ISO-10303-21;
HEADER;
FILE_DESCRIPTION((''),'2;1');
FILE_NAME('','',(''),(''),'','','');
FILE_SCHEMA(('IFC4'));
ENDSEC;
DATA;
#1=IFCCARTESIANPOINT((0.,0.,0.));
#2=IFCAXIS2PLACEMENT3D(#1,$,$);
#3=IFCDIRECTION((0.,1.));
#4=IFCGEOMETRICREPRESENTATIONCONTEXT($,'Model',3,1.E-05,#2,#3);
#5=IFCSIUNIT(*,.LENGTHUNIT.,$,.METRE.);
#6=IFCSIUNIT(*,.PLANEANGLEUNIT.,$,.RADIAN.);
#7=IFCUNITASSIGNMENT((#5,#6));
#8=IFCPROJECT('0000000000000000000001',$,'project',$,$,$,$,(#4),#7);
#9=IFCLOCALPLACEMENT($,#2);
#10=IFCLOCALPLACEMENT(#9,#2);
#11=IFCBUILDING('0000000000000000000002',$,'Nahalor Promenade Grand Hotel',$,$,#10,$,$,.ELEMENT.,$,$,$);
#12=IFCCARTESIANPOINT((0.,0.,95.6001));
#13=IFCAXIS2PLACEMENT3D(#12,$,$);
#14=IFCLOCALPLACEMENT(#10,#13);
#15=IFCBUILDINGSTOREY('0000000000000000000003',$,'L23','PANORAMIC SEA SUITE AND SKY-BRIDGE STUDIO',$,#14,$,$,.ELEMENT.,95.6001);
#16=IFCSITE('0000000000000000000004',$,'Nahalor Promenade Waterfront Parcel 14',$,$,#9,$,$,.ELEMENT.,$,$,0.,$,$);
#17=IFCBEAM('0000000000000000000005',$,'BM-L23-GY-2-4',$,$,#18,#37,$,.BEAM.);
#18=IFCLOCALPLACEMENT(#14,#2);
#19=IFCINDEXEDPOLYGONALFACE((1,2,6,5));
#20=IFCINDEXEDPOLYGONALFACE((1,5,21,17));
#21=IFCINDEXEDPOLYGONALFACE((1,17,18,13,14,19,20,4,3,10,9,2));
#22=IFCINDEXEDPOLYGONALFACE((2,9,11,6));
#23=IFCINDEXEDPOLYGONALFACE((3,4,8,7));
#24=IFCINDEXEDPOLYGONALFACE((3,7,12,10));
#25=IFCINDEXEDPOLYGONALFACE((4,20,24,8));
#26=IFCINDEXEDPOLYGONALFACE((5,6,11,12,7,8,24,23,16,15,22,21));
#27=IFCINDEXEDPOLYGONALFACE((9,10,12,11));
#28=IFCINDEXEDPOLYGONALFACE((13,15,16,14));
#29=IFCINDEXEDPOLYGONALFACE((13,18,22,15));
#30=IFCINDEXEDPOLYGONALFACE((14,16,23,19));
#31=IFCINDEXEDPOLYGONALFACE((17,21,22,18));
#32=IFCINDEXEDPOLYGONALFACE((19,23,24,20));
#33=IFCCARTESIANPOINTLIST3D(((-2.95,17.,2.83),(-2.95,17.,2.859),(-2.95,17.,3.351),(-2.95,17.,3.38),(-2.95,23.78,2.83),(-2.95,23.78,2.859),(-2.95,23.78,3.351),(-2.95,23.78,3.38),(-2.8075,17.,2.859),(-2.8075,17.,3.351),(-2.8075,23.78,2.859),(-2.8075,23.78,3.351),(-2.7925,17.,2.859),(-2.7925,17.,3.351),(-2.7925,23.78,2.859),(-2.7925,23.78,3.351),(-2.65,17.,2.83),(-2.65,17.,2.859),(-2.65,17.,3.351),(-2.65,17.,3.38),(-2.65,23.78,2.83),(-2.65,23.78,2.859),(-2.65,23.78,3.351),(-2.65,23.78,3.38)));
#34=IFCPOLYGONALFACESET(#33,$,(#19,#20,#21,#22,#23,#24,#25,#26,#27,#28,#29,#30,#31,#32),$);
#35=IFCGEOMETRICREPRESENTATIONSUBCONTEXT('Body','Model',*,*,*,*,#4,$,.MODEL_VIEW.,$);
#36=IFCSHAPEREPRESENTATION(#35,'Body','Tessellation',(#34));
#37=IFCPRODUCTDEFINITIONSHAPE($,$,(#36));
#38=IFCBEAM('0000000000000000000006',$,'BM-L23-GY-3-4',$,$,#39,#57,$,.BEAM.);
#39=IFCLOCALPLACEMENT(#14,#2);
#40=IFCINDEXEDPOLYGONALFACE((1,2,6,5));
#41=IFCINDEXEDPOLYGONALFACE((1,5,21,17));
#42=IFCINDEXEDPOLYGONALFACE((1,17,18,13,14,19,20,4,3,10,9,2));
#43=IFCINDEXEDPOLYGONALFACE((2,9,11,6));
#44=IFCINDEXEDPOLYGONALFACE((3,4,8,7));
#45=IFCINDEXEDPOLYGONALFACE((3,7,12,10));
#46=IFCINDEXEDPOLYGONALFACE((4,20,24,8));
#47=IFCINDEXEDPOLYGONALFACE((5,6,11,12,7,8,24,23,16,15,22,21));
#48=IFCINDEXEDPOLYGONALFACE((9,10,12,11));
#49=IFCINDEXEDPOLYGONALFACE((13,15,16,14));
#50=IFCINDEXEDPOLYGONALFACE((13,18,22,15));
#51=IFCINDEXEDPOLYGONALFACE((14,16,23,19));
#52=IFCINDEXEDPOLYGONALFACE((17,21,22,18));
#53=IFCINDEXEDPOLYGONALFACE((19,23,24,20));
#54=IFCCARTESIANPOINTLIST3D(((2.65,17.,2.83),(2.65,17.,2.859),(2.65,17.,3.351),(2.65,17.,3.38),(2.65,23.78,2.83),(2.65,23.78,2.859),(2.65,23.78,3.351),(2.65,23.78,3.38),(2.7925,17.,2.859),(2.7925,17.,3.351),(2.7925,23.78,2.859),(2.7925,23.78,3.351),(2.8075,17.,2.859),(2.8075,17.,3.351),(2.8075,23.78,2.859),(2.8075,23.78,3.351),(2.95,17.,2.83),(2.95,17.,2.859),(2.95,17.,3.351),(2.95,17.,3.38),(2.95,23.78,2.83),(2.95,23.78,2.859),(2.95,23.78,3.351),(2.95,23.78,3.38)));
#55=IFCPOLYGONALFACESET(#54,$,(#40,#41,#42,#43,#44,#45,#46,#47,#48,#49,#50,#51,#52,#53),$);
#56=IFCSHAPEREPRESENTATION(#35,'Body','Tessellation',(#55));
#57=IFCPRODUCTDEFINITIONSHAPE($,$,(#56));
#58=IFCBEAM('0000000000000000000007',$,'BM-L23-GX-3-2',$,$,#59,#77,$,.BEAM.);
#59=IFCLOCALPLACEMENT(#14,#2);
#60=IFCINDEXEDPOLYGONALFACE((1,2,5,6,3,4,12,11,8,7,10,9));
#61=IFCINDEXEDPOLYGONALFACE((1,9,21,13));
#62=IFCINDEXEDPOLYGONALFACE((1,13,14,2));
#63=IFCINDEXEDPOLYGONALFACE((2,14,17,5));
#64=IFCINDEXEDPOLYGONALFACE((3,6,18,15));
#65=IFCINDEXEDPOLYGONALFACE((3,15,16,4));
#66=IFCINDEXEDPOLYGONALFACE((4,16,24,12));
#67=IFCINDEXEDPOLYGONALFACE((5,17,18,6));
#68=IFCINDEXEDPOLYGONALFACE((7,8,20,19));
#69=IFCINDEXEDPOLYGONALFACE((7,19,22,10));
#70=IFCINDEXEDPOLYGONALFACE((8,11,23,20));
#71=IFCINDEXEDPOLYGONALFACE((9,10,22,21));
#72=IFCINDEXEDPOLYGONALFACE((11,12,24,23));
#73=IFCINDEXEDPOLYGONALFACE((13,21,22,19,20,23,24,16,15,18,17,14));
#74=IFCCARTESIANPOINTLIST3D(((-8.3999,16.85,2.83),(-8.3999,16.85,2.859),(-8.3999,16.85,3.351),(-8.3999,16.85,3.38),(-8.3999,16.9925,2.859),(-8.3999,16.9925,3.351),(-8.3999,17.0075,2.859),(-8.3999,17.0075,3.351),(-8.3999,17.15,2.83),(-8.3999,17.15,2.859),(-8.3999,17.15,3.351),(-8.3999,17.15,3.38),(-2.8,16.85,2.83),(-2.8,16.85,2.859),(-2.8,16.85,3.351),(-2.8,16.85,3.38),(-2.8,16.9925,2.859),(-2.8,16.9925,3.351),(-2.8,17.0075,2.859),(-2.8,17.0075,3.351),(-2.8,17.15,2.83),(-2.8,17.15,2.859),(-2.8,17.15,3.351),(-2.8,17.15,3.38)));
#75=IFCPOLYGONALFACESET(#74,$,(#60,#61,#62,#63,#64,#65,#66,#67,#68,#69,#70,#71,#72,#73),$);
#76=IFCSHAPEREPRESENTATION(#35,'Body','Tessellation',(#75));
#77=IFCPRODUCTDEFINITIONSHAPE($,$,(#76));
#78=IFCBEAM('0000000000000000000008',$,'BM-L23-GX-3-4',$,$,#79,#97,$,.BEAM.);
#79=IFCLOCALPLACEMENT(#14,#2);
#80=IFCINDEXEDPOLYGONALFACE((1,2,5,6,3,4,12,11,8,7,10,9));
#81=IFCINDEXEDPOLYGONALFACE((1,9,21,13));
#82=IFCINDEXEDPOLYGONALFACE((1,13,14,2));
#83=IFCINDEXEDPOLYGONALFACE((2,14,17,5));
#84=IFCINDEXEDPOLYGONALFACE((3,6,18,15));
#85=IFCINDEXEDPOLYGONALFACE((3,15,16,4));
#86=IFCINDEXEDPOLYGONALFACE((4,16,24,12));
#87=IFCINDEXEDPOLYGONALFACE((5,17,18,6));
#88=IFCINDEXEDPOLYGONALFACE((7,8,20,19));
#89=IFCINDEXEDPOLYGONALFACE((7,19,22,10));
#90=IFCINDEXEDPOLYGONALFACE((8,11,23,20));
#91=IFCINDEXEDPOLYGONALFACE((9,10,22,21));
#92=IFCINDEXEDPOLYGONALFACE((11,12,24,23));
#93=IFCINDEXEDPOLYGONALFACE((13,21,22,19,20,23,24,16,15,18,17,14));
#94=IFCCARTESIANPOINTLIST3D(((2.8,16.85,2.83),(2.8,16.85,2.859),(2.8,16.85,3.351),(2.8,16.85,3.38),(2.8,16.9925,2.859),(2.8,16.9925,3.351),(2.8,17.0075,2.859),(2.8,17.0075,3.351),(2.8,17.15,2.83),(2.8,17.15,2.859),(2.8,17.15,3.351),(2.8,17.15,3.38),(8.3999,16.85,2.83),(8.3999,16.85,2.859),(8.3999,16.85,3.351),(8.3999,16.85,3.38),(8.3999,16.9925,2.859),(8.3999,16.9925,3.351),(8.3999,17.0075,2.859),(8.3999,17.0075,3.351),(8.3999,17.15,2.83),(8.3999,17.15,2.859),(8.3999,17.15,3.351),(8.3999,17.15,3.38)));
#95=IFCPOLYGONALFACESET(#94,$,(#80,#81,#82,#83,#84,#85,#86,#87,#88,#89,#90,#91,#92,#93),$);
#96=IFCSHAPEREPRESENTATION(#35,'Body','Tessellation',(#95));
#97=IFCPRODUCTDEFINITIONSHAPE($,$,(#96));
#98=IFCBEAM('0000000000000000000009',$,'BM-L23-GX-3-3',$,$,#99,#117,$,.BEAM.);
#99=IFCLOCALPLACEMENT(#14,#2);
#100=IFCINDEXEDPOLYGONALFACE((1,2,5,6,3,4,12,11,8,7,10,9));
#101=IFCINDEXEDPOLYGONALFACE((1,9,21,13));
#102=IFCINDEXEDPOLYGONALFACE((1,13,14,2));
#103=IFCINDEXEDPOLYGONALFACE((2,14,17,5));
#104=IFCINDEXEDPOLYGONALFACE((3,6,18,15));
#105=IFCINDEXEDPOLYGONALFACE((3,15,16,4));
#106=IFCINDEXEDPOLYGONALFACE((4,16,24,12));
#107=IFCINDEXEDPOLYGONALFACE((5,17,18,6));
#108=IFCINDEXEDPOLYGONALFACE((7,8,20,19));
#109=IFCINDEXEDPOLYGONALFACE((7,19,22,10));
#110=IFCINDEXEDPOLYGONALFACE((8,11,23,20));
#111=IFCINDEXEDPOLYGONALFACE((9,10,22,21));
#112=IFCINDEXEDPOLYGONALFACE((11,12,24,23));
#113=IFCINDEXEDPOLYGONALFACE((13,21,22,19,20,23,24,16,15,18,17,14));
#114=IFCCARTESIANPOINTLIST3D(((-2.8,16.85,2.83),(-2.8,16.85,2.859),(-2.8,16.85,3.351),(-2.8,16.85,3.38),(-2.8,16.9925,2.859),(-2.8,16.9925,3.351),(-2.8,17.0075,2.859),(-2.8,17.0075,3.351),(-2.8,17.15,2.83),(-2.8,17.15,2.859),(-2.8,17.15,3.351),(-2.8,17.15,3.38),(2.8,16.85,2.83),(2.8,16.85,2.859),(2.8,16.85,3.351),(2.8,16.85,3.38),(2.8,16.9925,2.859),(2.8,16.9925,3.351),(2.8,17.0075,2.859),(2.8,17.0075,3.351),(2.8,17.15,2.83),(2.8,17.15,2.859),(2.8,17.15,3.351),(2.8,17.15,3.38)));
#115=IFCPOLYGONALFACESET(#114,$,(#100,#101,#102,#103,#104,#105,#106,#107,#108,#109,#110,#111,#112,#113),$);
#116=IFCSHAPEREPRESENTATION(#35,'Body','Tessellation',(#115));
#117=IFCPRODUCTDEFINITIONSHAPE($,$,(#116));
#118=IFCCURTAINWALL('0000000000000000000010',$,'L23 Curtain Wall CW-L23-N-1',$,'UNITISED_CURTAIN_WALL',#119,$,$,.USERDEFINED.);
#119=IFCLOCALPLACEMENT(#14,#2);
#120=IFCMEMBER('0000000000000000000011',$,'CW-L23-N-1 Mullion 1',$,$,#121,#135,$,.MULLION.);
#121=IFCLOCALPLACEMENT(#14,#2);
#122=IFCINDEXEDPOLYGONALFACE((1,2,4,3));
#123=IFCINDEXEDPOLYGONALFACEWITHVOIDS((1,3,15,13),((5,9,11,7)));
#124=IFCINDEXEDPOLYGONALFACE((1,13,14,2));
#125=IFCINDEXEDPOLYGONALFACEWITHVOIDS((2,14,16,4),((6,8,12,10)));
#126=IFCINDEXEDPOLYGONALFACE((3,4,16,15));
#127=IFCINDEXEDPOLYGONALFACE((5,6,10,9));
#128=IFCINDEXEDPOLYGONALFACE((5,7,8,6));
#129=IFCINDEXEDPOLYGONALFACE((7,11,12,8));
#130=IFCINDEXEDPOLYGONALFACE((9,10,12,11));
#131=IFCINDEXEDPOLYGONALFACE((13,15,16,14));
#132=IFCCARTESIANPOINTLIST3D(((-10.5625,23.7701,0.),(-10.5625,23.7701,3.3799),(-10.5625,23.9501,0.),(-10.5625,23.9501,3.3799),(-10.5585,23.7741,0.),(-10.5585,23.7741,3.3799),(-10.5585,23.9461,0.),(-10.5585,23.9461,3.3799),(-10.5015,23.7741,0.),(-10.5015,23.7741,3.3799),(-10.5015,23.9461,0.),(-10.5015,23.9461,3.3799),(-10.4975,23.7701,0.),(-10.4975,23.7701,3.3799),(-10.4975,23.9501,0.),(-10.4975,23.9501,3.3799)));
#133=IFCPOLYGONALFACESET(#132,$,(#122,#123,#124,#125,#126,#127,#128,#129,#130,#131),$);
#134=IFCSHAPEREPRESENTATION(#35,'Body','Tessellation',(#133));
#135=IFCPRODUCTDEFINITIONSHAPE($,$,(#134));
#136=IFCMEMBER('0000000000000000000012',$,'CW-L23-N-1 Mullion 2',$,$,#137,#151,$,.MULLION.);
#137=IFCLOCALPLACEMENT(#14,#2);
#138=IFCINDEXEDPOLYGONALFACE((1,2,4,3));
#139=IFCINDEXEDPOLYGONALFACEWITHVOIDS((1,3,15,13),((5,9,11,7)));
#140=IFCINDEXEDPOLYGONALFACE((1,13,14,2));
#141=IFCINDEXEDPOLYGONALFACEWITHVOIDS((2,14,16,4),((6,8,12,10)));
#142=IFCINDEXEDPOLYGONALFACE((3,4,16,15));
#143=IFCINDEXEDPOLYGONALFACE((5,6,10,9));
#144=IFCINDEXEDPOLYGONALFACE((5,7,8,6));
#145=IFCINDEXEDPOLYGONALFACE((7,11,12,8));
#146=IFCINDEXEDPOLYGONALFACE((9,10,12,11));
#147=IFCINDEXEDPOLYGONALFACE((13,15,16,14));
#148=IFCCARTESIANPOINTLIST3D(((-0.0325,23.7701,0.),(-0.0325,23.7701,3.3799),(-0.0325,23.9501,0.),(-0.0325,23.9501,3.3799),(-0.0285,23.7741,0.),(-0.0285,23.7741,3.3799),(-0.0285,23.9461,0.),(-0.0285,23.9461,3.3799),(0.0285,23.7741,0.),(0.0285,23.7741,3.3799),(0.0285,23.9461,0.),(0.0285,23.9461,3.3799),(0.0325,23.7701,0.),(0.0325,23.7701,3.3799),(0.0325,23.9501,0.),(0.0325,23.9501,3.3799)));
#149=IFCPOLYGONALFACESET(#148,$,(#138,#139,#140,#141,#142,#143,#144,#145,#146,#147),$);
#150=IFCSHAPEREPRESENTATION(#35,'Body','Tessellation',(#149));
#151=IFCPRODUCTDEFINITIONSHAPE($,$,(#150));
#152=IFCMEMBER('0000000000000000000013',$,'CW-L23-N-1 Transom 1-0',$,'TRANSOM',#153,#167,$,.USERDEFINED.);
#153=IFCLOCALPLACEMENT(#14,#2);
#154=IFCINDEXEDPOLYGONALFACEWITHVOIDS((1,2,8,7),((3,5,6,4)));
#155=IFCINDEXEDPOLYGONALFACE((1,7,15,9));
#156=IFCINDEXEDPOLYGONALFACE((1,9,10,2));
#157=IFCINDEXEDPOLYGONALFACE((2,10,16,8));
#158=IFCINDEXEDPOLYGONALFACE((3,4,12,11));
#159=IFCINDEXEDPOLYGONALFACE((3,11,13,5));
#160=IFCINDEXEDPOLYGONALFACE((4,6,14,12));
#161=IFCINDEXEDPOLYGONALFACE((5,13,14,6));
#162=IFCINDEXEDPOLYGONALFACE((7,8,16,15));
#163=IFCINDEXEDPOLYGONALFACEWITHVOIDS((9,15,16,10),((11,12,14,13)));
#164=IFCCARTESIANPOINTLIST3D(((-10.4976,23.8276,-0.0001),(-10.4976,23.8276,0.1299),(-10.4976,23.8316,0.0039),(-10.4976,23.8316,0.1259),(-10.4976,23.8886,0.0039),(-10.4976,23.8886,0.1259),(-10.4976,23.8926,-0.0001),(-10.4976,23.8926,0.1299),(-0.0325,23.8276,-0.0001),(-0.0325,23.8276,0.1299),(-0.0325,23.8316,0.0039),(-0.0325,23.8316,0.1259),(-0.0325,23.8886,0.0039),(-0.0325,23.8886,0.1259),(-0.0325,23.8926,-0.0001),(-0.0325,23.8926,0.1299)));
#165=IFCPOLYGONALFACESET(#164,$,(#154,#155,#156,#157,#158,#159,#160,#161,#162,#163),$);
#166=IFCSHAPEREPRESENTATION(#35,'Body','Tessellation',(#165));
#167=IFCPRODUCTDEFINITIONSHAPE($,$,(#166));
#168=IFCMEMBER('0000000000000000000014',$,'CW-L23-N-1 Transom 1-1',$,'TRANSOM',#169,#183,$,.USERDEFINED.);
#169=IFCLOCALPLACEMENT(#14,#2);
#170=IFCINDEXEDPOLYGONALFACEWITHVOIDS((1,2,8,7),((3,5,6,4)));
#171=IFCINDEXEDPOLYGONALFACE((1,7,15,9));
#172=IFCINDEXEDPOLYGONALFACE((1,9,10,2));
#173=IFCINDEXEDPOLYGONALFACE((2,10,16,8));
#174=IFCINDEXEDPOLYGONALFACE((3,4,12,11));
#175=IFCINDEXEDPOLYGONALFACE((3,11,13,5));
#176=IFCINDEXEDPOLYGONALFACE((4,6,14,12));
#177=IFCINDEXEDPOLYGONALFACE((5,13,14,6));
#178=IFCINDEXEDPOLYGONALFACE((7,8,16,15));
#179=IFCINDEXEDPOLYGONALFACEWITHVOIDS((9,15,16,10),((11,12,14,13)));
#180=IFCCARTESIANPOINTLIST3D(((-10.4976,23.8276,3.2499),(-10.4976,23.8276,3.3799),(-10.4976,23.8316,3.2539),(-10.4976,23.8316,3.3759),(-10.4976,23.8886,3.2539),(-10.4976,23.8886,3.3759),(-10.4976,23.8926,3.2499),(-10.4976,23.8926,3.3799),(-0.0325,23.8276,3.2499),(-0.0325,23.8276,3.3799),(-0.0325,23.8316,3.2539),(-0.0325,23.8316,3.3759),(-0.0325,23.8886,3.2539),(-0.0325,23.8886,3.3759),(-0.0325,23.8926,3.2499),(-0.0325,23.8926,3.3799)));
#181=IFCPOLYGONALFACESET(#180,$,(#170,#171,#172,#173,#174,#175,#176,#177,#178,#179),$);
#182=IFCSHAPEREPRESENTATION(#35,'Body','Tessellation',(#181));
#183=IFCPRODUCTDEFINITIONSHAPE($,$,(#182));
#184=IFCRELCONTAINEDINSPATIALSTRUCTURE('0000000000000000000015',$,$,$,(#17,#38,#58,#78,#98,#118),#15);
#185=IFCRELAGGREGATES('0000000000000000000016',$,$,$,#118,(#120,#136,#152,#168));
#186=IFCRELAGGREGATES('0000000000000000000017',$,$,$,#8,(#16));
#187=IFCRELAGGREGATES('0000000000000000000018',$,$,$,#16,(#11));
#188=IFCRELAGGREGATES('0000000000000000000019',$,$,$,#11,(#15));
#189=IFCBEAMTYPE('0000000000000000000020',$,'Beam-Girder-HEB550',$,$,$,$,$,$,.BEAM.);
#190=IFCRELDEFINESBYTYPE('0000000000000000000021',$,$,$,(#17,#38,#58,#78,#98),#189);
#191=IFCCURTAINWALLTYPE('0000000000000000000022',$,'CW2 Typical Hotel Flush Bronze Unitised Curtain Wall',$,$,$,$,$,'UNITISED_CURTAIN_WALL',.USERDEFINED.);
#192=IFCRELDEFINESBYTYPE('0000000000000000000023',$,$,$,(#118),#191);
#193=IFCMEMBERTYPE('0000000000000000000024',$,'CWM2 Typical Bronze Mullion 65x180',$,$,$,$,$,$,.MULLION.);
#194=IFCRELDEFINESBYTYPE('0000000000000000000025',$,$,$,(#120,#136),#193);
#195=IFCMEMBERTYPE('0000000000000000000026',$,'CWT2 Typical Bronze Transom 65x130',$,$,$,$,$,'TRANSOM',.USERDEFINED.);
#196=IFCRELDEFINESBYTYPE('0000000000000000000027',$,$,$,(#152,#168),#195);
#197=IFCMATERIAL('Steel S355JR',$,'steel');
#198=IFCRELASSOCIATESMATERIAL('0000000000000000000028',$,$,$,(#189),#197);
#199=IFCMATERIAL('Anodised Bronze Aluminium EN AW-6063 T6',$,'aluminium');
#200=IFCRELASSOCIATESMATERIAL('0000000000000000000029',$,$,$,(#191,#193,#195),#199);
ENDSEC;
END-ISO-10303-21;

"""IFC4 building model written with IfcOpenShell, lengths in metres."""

from ifc_helpers import new_model, si_unit, direction, frame, origin, origin_2d, place, context, subcontext, project, spatial, hollow_rectangle, i_section, extrude, source, transform, mapped, material, material_profile, profile_set, type_object, element, aggregate, save


model = new_model("IFC4")

# Units and contexts
model_context = context("Model", 3, precision=1e-05, world=origin(), true_north=direction((0.0, 1.0)))
body_context = subcontext(model_context, "Body", "Model", "MODEL_VIEW")
ifc_project = project(units=[si_unit("LENGTHUNIT", "METRE"), si_unit("PLANEANGLEUNIT", "RADIAN")], contexts=[model_context])

# Site, building, storey
site_placement = place(None, origin())
site = spatial("IfcSite", under=ifc_project, at=site_placement, Name="Nahalor Promenade Waterfront Parcel 14", CompositionType="ELEMENT", RefElevation=0.0)
building_placement = place(site_placement, origin())
building = spatial("IfcBuilding", under=site, at=building_placement, Name="Nahalor Promenade Grand Hotel", CompositionType="ELEMENT")
storey_placement = place(building_placement, frame((0.0, 0.0, 95.6001)))
storey = spatial("IfcBuildingStorey", under=building, at=storey_placement, Name="L23", Description="PANORAMIC SEA SUITE AND SKY-BRIDGE STUDIO", CompositionType="ELEMENT", Elevation=95.6001)

# Beams
ifc_material_1 = material(Name="Steel S355JR", Category="steel")
ifc_material_profile_1 = material_profile(ifc_material_1, i_section(OverallWidth=0.3, OverallDepth=0.55, WebThickness=0.015, FlangeThickness=0.029, at=origin_2d()), Name="HEB 550")
ifc_profile_set_1 = profile_set([ifc_material_profile_1], Name="Steel S355JR")
beam_type_1 = type_object("IfcBeamType", Name="Beam-Girder-HEB550", PredefinedType="BEAM", material=ifc_profile_set_1)
shared_shape_1 = source(origin(), body_context, "Body", "SweptSolid", [
    extrude(i_section(OverallWidth=0.3, OverallDepth=0.55, WebThickness=0.015, FlangeThickness=0.029, at=origin_2d()), origin(), (0.0, 0.0, 1.0), 6.78),
])
for number, where, z_axis, x_axis, name in (
    (1, (-2.8, 17.0, 3.105), (0.0, 1.0, 0.0), (-1.0, 0.0, 0.0), "BM-L23-GY-2-4"),
    (2, (2.8, 17.0, 3.105), (0.0, 1.0, 0.0), (-1.0, 0.0, 0.0), "BM-L23-GY-3-4"),
):
    element("IfcBeam", number, at=place(storey_placement, frame(where, z_axis=z_axis, x_axis=x_axis)), inside=storey, type_object=beam_type_1, Name=name, PredefinedType="BEAM", context=body_context, shape_type="MappedRepresentation", body=[
        mapped(shared_shape_1, transform((0.0, 0.0, 0.0), scale=1.0)),
    ])
shared_shape_2 = source(origin(), body_context, "Body", "SweptSolid", [
    extrude(i_section(OverallWidth=0.3, OverallDepth=0.55, WebThickness=0.015, FlangeThickness=0.029, at=origin_2d()), origin(), (0.0, 0.0, 1.0), 5.5999),
])
for number, where, z_axis, x_axis, name in (
    (3, (-8.3999, 17.0, 3.105), (1.0, 0.0, 0.0), (0.0, 1.0, 0.0), "BM-L23-GX-3-2"),
    (4, (2.8, 17.0, 3.105), (1.0, 0.0, 0.0), (0.0, 1.0, 0.0), "BM-L23-GX-3-4"),
):
    element("IfcBeam", number, at=place(storey_placement, frame(where, z_axis=z_axis, x_axis=x_axis)), inside=storey, type_object=beam_type_1, Name=name, PredefinedType="BEAM", context=body_context, shape_type="MappedRepresentation", body=[
        mapped(shared_shape_2, transform((0.0, 0.0, 0.0), scale=1.0)),
    ])
shared_shape_3 = source(origin(), body_context, "Body", "SweptSolid", [
    extrude(i_section(OverallWidth=0.3, OverallDepth=0.55, WebThickness=0.015, FlangeThickness=0.029, at=origin_2d()), origin(), (0.0, 0.0, 1.0), 5.6001),
])
beam_1_placement = place(storey_placement, frame((-2.8, 17.0, 3.105), z_axis=(1.0, 0.0, 0.0), x_axis=(0.0, 1.0, 0.0)))
element("IfcBeam", 5, at=beam_1_placement, inside=storey, type_object=beam_type_1, Name="BM-L23-GX-3-3", PredefinedType="BEAM", context=body_context, shape_type="MappedRepresentation", body=[
    mapped(shared_shape_3, transform((0.0, 0.0, 0.0), scale=1.0)),
])

# Curtain wall, members
ifc_material_2 = material(Name="Anodised Bronze Aluminium EN AW-6063 T6", Category="aluminium")
curtain_wall_type = type_object("IfcCurtainWallType", Name="CW2 Typical Hotel Flush Bronze Unitised Curtain Wall", ElementType="UNITISED_CURTAIN_WALL", PredefinedType="USERDEFINED", material=ifc_material_2)
curtain_wall_placement = place(storey_placement, origin())
curtain_wall = element("IfcCurtainWall", 6, at=curtain_wall_placement, inside=storey, type_object=curtain_wall_type, Name="L23 Curtain Wall CW-L23-N-1", ObjectType="UNITISED_CURTAIN_WALL", PredefinedType="USERDEFINED")
ifc_material_profile_2 = material_profile(ifc_material_2, hollow_rectangle(XDim=0.065, YDim=0.18, WallThickness=0.004, at=origin_2d()), Name="CWM 65x180x4")
ifc_profile_set_2 = profile_set([ifc_material_profile_2], Name="Anodised Bronze Aluminium EN AW-6063 T6")
member_type_1 = type_object("IfcMemberType", Name="CWM2 Typical Bronze Mullion 65x180", PredefinedType="MULLION", material=ifc_profile_set_2)
shared_shape_4 = source(origin(), body_context, "Body", "SweptSolid", [
    extrude(hollow_rectangle(XDim=0.065, YDim=0.18, WallThickness=0.004, at=origin_2d()), origin(), (0.0, 0.0, 1.0), 3.3799),
])
member_1_placement = place(storey_placement, frame((-10.53, 23.8601, 0.0), z_axis=(0.0, 0.0, 1.0), x_axis=(1.0, 0.0, 0.0)))
member_1 = element("IfcMember", 7, at=member_1_placement, type_object=member_type_1, Name="CW-L23-N-1 Mullion 1", PredefinedType="MULLION", context=body_context, shape_type="MappedRepresentation", body=[
    mapped(shared_shape_4, transform((0.0, 0.0, 0.0), scale=1.0)),
])
member_2_placement = place(storey_placement, frame((0.0, 23.8601, 0.0), z_axis=(0.0, 0.0, 1.0), x_axis=(1.0, 0.0, 0.0)))
member_2 = element("IfcMember", 8, at=member_2_placement, type_object=member_type_1, Name="CW-L23-N-1 Mullion 2", PredefinedType="MULLION", context=body_context, shape_type="MappedRepresentation", body=[
    mapped(shared_shape_4, transform((0.0, 0.0, 0.0), scale=1.0)),
])
ifc_material_profile_3 = material_profile(ifc_material_2, hollow_rectangle(XDim=0.065, YDim=0.13, WallThickness=0.004, at=origin_2d()), Name="CWT 65x130x4")
ifc_profile_set_3 = profile_set([ifc_material_profile_3], Name="Anodised Bronze Aluminium EN AW-6063 T6")
member_type_2 = type_object("IfcMemberType", Name="CWT2 Typical Bronze Transom 65x130", ElementType="TRANSOM", PredefinedType="USERDEFINED", material=ifc_profile_set_3)
shared_shape_5 = source(origin(), body_context, "Body", "SweptSolid", [
    extrude(hollow_rectangle(XDim=0.065, YDim=0.13, WallThickness=0.004, at=origin_2d()), origin(), (0.0, 0.0, 1.0), 10.4651),
])
member_3_placement = place(storey_placement, frame((-10.4976, 23.8601, 0.0649), z_axis=(1.0, 0.0, 0.0), x_axis=(0.0, 1.0, 0.0)))
member_3 = element("IfcMember", 9, at=member_3_placement, type_object=member_type_2, Name="CW-L23-N-1 Transom 1-0", ObjectType="TRANSOM", PredefinedType="USERDEFINED", context=body_context, shape_type="MappedRepresentation", body=[
    mapped(shared_shape_5, transform((0.0, 0.0, 0.0), scale=1.0)),
])
member_4_placement = place(storey_placement, frame((-10.4976, 23.8601, 3.3149), z_axis=(1.0, 0.0, 0.0), x_axis=(0.0, 1.0, 0.0)))
member_4 = element("IfcMember", 10, at=member_4_placement, type_object=member_type_2, Name="CW-L23-N-1 Transom 1-1", ObjectType="TRANSOM", PredefinedType="USERDEFINED", context=body_context, shape_type="MappedRepresentation", body=[
    mapped(shared_shape_5, transform((0.0, 0.0, 0.0), scale=1.0)),
])
aggregate(curtain_wall, [member_1, member_2, member_3, member_4])

save(model, "model.ifc")
